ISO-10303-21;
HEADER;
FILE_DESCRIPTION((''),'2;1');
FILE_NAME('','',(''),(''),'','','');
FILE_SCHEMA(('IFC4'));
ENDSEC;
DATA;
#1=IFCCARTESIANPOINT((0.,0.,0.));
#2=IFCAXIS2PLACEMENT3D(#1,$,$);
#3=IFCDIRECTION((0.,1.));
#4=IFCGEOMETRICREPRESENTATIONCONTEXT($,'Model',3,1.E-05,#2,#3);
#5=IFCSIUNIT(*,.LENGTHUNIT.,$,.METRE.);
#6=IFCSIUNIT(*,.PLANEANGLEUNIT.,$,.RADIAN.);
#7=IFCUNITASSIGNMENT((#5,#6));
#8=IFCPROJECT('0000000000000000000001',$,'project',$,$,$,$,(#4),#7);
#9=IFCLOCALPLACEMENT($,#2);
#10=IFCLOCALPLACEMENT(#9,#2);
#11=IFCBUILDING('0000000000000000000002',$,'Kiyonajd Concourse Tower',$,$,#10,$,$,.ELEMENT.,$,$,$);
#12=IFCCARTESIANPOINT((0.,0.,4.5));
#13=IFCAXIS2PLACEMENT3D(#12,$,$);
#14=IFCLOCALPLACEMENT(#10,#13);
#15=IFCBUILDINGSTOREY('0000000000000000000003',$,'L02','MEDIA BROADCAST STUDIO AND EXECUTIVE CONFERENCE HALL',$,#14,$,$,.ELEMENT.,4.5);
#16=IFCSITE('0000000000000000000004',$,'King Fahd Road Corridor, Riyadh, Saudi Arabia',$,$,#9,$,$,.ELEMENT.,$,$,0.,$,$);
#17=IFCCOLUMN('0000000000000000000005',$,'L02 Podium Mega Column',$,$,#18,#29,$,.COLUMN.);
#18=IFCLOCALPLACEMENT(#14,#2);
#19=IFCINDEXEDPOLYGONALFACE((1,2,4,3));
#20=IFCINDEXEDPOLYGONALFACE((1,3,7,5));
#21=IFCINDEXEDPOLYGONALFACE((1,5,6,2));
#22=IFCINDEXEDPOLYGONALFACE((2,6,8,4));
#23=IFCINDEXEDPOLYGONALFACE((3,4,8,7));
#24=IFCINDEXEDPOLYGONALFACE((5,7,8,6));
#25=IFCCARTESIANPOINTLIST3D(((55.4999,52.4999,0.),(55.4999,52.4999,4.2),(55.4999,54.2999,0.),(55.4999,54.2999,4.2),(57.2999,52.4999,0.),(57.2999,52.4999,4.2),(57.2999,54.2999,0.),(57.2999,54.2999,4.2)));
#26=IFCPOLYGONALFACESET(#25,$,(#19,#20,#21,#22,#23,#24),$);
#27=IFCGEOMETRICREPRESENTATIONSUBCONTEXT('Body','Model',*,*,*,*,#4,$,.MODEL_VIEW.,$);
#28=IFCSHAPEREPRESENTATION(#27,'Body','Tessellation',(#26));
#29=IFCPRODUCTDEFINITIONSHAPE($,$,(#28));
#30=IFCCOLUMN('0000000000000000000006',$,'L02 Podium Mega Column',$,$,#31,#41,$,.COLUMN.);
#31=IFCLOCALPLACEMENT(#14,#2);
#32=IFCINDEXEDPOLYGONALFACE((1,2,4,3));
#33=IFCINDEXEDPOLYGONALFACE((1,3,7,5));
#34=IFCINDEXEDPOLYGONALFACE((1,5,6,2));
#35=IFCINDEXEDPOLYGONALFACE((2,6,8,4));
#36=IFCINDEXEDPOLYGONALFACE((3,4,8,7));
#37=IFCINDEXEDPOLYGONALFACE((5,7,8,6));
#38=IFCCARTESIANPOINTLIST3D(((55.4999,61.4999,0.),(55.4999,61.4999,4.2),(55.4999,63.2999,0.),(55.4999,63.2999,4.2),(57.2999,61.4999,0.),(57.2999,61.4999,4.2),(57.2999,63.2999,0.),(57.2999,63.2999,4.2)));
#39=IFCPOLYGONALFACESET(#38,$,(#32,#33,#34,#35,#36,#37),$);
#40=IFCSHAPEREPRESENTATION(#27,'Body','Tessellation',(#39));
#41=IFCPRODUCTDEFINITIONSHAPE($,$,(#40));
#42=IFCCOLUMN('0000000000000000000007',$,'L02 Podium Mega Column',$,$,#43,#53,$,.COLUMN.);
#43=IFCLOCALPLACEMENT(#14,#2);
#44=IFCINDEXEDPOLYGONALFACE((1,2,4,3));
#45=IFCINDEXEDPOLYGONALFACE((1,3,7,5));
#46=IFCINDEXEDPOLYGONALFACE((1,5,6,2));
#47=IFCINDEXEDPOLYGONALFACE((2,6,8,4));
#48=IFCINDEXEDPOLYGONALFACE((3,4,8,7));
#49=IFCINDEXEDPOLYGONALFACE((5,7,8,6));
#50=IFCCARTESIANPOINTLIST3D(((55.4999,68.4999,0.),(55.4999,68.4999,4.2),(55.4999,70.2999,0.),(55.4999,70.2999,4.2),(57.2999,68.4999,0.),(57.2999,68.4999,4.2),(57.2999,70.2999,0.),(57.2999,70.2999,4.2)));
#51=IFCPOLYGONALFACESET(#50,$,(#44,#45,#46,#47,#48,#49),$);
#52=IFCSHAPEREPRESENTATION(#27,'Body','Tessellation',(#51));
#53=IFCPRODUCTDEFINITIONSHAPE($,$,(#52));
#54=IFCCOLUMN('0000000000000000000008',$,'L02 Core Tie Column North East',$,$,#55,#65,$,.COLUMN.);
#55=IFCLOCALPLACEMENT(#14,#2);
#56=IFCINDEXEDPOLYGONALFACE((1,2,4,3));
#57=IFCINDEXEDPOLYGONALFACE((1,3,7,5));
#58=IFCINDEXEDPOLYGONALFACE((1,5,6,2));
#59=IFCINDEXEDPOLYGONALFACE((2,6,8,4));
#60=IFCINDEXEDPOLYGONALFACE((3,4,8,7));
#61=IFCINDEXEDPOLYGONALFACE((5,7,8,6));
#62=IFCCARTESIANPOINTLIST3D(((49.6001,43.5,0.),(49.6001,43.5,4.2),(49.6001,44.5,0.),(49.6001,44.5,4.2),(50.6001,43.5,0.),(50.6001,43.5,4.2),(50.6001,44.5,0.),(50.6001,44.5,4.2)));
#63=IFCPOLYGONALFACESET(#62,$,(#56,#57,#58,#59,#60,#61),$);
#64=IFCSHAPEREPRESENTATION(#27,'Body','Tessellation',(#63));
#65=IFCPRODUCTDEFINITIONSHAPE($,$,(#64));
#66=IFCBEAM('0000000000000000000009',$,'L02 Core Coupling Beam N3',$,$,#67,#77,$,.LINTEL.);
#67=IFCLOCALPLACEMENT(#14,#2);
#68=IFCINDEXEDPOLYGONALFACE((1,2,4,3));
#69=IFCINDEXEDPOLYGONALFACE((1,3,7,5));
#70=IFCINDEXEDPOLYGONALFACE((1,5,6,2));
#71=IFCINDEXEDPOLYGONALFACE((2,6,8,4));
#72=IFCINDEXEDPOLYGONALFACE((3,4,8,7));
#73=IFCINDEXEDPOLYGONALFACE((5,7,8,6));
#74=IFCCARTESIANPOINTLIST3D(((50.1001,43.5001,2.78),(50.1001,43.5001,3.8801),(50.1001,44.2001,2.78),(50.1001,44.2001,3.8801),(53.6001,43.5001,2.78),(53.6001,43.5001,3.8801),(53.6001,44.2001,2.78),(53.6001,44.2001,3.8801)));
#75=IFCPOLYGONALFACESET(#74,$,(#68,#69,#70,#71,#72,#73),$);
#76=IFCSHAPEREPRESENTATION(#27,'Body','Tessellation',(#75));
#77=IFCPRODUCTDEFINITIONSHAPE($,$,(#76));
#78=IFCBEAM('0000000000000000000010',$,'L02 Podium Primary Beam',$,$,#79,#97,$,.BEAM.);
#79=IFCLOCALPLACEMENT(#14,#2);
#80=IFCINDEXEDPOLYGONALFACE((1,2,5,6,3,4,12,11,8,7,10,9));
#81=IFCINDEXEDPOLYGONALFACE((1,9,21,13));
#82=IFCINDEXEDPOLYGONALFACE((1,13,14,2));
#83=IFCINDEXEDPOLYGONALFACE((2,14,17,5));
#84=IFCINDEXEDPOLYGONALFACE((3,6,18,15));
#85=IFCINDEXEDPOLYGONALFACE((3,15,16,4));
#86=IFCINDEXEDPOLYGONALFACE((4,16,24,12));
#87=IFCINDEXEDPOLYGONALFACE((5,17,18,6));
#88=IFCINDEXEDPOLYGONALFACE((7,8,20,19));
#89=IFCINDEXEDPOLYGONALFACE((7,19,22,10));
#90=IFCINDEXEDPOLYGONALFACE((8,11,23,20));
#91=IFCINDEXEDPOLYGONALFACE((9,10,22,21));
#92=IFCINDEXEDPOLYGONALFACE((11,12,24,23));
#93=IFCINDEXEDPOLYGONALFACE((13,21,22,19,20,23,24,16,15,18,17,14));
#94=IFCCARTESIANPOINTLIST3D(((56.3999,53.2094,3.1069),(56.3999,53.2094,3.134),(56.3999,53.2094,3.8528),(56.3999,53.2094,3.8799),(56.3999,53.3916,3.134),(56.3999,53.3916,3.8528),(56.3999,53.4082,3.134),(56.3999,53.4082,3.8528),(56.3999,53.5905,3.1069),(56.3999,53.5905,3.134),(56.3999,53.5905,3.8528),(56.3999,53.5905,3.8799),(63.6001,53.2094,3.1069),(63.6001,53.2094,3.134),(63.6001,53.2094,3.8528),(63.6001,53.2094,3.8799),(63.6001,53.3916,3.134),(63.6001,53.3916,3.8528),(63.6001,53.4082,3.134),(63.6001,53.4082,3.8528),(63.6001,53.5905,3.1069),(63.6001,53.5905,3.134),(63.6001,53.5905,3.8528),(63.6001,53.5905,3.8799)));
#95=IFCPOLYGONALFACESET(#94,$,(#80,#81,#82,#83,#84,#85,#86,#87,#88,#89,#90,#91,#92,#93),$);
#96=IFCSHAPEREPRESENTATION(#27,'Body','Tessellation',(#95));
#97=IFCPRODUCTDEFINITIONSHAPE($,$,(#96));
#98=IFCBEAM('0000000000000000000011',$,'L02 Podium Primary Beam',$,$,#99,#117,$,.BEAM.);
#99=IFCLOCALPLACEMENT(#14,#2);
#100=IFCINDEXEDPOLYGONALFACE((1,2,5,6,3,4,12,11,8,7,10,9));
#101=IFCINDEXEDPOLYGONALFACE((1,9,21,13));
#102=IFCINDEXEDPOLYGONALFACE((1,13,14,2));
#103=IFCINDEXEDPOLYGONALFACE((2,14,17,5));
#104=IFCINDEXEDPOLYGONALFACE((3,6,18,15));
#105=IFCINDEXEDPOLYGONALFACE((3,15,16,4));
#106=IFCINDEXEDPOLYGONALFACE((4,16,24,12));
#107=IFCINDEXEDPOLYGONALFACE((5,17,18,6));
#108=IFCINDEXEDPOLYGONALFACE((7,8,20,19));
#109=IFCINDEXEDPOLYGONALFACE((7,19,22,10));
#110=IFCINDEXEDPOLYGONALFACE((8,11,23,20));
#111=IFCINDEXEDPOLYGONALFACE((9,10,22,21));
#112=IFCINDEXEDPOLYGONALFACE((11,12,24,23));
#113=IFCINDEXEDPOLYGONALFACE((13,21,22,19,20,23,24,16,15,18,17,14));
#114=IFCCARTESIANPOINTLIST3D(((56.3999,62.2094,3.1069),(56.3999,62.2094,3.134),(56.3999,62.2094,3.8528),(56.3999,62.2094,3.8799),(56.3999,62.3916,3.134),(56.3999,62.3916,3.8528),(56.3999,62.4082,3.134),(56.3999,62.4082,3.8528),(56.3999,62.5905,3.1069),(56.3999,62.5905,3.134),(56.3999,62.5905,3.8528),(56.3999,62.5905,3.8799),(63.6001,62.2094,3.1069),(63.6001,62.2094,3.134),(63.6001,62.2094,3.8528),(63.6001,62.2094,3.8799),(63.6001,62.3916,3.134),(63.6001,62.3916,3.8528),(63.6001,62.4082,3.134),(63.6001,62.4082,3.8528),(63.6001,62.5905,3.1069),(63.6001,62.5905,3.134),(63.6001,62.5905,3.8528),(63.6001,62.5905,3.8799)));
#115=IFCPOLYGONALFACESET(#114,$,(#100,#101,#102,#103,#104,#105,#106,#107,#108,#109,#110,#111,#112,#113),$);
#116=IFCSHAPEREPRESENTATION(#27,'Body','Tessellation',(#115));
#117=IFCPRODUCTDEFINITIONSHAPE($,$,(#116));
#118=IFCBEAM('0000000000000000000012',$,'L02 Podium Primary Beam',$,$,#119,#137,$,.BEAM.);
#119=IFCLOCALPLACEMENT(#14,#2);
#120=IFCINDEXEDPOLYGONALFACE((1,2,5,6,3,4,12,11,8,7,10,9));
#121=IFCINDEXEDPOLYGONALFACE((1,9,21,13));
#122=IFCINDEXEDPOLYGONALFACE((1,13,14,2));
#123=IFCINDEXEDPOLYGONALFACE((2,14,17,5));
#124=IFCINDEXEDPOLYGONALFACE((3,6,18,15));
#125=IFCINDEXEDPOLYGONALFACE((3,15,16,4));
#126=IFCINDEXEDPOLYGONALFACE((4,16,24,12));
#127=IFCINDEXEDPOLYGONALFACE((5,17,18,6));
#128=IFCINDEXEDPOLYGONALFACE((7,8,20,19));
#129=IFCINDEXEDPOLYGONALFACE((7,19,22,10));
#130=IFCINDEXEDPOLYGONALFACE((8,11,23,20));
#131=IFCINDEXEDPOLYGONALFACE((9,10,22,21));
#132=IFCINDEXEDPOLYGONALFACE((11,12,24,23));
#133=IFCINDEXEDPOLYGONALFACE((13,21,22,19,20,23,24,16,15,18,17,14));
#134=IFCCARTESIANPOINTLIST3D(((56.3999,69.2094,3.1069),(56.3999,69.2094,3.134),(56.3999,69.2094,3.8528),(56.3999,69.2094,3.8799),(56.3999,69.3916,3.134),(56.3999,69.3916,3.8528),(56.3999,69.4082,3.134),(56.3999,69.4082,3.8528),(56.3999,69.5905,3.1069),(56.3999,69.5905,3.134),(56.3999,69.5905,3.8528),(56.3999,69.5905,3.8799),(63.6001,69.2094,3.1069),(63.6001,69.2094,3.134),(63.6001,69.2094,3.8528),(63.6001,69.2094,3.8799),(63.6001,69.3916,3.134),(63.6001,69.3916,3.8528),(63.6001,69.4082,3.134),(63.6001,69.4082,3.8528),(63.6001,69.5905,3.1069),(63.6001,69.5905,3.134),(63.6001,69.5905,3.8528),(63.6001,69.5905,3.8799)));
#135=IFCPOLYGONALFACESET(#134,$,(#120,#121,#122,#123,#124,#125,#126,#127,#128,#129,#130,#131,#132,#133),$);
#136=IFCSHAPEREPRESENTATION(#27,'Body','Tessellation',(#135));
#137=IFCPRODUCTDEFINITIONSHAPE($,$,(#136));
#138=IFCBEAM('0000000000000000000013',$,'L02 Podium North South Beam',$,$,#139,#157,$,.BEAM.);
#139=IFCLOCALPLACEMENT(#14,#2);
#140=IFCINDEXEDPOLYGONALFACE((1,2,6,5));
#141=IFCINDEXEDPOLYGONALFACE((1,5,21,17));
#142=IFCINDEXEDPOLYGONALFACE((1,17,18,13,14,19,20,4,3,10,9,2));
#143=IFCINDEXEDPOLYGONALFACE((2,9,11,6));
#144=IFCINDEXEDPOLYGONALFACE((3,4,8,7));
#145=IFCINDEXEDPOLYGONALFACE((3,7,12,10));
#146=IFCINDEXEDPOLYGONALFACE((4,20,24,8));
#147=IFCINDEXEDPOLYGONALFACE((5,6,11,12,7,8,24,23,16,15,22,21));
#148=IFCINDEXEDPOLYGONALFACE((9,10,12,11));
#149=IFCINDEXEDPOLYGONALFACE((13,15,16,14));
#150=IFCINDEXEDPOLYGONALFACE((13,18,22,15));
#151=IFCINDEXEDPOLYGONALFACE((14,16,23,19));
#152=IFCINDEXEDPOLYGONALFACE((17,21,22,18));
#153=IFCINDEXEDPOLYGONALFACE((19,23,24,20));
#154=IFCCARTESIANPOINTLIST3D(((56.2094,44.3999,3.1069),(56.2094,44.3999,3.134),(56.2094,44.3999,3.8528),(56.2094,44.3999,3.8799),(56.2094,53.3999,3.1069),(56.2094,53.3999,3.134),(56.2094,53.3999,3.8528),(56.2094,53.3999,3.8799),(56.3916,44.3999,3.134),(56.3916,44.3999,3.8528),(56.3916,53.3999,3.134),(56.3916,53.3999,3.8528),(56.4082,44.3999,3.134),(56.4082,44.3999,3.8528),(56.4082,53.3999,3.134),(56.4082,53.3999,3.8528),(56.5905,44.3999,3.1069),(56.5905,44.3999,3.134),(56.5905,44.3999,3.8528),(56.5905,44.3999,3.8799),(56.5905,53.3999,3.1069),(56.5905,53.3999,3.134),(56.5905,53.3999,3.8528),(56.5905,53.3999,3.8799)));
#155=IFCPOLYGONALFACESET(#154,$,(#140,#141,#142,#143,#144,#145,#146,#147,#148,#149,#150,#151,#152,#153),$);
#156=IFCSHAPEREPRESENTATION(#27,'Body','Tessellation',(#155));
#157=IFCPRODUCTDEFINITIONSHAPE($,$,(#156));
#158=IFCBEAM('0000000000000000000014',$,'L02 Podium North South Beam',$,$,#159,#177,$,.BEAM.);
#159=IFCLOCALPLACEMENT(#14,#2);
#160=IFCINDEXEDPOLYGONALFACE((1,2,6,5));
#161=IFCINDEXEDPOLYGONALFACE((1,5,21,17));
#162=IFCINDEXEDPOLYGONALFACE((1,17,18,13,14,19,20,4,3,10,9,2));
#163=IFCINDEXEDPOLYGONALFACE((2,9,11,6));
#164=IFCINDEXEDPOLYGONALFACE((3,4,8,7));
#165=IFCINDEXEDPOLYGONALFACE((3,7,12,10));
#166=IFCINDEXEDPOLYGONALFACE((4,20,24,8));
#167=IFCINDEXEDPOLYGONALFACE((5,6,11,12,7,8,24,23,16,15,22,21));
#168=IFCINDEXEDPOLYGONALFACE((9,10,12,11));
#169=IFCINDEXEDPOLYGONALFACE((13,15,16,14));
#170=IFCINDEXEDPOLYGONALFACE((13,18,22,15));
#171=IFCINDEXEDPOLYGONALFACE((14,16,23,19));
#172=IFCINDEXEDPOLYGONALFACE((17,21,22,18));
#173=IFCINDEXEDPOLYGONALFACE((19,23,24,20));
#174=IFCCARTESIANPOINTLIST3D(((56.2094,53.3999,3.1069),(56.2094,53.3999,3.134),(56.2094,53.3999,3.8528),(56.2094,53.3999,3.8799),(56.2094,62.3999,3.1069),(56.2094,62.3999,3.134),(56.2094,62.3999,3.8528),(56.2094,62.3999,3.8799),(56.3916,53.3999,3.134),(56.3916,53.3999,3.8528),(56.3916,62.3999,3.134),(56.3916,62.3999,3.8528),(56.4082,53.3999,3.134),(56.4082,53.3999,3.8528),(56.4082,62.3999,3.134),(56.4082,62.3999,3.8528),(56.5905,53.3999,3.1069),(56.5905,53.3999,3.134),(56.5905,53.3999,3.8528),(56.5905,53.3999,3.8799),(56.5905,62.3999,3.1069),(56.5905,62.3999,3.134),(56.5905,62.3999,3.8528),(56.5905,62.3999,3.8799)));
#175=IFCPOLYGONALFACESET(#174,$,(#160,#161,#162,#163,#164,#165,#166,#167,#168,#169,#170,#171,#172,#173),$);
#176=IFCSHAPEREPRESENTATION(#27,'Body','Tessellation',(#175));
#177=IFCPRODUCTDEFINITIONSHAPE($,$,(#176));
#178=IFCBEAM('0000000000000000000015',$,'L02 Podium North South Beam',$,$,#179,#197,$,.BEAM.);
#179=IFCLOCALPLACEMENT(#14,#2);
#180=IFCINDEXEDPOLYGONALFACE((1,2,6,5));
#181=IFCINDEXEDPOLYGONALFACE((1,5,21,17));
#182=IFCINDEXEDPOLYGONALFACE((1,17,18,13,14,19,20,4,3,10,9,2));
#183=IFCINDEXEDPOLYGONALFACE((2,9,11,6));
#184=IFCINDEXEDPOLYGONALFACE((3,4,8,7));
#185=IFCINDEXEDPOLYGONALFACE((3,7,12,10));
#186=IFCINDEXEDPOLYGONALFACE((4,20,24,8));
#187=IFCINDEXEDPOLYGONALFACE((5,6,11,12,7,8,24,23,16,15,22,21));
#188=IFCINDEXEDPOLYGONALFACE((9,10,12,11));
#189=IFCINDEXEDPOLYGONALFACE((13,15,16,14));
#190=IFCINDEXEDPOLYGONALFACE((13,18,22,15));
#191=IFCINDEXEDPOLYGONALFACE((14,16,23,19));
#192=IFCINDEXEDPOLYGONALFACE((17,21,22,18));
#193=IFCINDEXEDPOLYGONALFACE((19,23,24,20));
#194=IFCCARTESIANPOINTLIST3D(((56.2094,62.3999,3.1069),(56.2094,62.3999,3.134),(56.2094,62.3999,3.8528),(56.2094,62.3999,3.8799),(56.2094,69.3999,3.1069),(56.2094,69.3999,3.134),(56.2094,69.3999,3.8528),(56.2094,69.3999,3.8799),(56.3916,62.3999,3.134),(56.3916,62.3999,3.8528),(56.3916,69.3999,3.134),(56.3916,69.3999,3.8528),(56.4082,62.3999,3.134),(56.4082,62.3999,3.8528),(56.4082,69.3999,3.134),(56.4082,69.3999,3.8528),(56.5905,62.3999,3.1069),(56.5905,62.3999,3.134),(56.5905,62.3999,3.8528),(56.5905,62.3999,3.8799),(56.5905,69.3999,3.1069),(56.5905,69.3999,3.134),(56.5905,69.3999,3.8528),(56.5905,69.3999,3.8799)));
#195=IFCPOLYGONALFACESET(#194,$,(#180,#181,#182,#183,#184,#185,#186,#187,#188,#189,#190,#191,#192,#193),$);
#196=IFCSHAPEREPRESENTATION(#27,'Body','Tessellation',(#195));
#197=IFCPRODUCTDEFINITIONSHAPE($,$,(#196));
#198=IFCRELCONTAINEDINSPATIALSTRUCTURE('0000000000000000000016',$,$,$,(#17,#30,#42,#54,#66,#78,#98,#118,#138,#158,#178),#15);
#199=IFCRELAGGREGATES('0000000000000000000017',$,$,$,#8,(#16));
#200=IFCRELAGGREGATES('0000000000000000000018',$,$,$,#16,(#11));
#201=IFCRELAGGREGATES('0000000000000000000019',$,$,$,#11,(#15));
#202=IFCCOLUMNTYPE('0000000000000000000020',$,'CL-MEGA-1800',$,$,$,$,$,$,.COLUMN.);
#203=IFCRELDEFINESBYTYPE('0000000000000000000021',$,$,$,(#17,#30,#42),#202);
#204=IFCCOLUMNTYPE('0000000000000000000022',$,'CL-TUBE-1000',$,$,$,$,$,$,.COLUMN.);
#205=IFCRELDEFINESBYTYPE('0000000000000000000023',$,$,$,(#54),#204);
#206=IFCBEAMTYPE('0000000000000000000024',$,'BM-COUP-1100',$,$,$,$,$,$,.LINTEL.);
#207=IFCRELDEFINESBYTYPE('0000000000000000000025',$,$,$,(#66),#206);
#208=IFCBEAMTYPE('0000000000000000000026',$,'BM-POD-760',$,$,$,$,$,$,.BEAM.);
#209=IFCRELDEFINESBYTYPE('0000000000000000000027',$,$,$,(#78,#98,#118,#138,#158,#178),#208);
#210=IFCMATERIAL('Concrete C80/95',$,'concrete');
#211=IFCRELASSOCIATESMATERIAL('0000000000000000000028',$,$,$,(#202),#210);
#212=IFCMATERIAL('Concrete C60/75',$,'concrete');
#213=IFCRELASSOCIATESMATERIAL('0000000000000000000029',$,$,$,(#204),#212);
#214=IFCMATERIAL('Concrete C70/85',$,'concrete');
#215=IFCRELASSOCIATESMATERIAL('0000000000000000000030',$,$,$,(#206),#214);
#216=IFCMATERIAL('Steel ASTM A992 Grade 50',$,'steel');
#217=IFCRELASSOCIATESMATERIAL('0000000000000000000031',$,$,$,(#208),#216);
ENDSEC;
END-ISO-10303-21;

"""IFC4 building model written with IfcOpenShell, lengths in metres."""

from ifc_helpers import new_model, si_unit, direction, frame, origin, origin_2d, place, context, subcontext, project, spatial, rectangle, i_section, extrude, material, material_profile, profile_set, type_object, element, save


model = new_model("IFC4")

# Units and contexts
model_context = context("Model", 3, precision=1e-05, world=origin(), true_north=direction((0.0, 1.0)))
body_context = subcontext(model_context, "Body", "Model", "MODEL_VIEW")
ifc_project = project(units=[si_unit("LENGTHUNIT", "METRE"), si_unit("PLANEANGLEUNIT", "RADIAN")], contexts=[model_context])

# Site, building, storey
site_placement = place(None, origin())
site = spatial("IfcSite", under=ifc_project, at=site_placement, Name="King Fahd Road Corridor, Riyadh, Saudi Arabia", CompositionType="ELEMENT", RefElevation=0.0)
building_placement = place(site_placement, origin())
building = spatial("IfcBuilding", under=site, at=building_placement, Name="Kiyonajd Concourse Tower", CompositionType="ELEMENT")
storey_placement = place(building_placement, frame((0.0, 0.0, 4.5)))
storey = spatial("IfcBuildingStorey", under=building, at=storey_placement, Name="L02", Description="MEDIA BROADCAST STUDIO AND EXECUTIVE CONFERENCE HALL", CompositionType="ELEMENT", Elevation=4.5)

# Columns
ifc_material_1 = material(Name="Concrete C80/95", Category="concrete")
ifc_material_profile_1 = material_profile(ifc_material_1, rectangle(XDim=1.8, YDim=1.8, at=origin_2d()), Name="RC-1800x1800")
ifc_profile_set_1 = profile_set([ifc_material_profile_1], Name="Concrete C80/95")
column_type_1 = type_object("IfcColumnType", Name="CL-MEGA-1800", PredefinedType="COLUMN", material=ifc_profile_set_1)
for number, where, z_axis, x_axis, name in (
    (1, (56.3999, 53.3999, 0.0), (0.0, 0.0, 1.0), (1.0, 0.0, 0.0), "L02 Podium Mega Column"),
    (2, (56.3999, 62.3999, 0.0), (0.0, 0.0, 1.0), (1.0, 0.0, 0.0), "L02 Podium Mega Column"),
    (3, (56.3999, 69.3999, 0.0), (0.0, 0.0, 1.0), (1.0, 0.0, 0.0), "L02 Podium Mega Column"),
):
    element("IfcColumn", number, at=place(storey_placement, frame(where, z_axis=z_axis, x_axis=x_axis)), inside=storey, type_object=column_type_1, Name=name, PredefinedType="COLUMN", context=body_context, shape_type="SweptSolid", body=[
        extrude(rectangle(XDim=1.8, YDim=1.8, at=origin_2d()), origin(), (0.0, 0.0, 1.0), 4.2),
    ])
ifc_material_2 = material(Name="Concrete C60/75", Category="concrete")
ifc_material_profile_2 = material_profile(ifc_material_2, rectangle(XDim=1.0, YDim=1.0, at=origin_2d()), Name="RC-1000x1000")
ifc_profile_set_2 = profile_set([ifc_material_profile_2], Name="Concrete C60/75")
column_type_2 = type_object("IfcColumnType", Name="CL-TUBE-1000", PredefinedType="COLUMN", material=ifc_profile_set_2)
column_placement = place(storey_placement, frame((50.1001, 44.0, 0.0), z_axis=(0.0, 0.0, 1.0), x_axis=(1.0, 0.0, 0.0)))
element("IfcColumn", 4, at=column_placement, inside=storey, type_object=column_type_2, Name="L02 Core Tie Column North East", PredefinedType="COLUMN", context=body_context, shape_type="SweptSolid", body=[
    extrude(rectangle(XDim=1.0, YDim=1.0, at=origin_2d()), origin(), (0.0, 0.0, 1.0), 4.2),
])

# Beams
ifc_material_3 = material(Name="Concrete C70/85", Category="concrete")
ifc_material_profile_3 = material_profile(ifc_material_3, rectangle(XDim=0.7, YDim=1.1001, at=origin_2d()), Name="RCBM-700x1100")
ifc_profile_set_3 = profile_set([ifc_material_profile_3], Name="Concrete C70/85")
beam_type_1 = type_object("IfcBeamType", Name="BM-COUP-1100", PredefinedType="LINTEL", material=ifc_profile_set_3)
beam_1_placement = place(storey_placement, frame((50.1001, 43.8501, 3.3301), z_axis=(1.0, 0.0, 0.0), x_axis=(0.0, 1.0, 0.0)))
element("IfcBeam", 5, at=beam_1_placement, inside=storey, type_object=beam_type_1, Name="L02 Core Coupling Beam N3", PredefinedType="LINTEL", context=body_context, shape_type="SweptSolid", body=[
    extrude(rectangle(XDim=0.7, YDim=1.1001, at=origin_2d()), origin(), (0.0, 0.0, 1.0), 3.5),
])
ifc_material_4 = material(Name="Steel ASTM A992 Grade 50", Category="steel")
ifc_material_profile_4 = material_profile(ifc_material_4, i_section(OverallWidth=0.3811, OverallDepth=0.7729, WebThickness=0.0166, FlangeThickness=0.0271, at=origin_2d()), Name="W760X257")
ifc_profile_set_4 = profile_set([ifc_material_profile_4], Name="Steel ASTM A992 Grade 50")
beam_type_2 = type_object("IfcBeamType", Name="BM-POD-760", PredefinedType="BEAM", material=ifc_profile_set_4)
for number, where, z_axis, x_axis, name in (
    (6, (56.3999, 53.3999, 3.4934), (1.0, 0.0, 0.0), (0.0, 1.0, 0.0), "L02 Podium Primary Beam"),
    (7, (56.3999, 62.3999, 3.4934), (1.0, 0.0, 0.0), (0.0, 1.0, 0.0), "L02 Podium Primary Beam"),
    (8, (56.3999, 69.3999, 3.4934), (1.0, 0.0, 0.0), (0.0, 1.0, 0.0), "L02 Podium Primary Beam"),
):
    element("IfcBeam", number, at=place(storey_placement, frame(where, z_axis=z_axis, x_axis=x_axis)), inside=storey, type_object=beam_type_2, Name=name, PredefinedType="BEAM", context=body_context, shape_type="SweptSolid", body=[
        extrude(i_section(OverallWidth=0.3811, OverallDepth=0.7729, WebThickness=0.0166, FlangeThickness=0.0271, at=origin_2d()), origin(), (0.0, 0.0, 1.0), 7.2002),
    ])
for number, where, z_axis, x_axis, name in (
    (9, (56.3999, 44.3999, 3.4934), (0.0, 1.0, 0.0), (-1.0, 0.0, 0.0), "L02 Podium North South Beam"),
    (10, (56.3999, 53.3999, 3.4934), (0.0, 1.0, 0.0), (-1.0, 0.0, 0.0), "L02 Podium North South Beam"),
):
    element("IfcBeam", number, at=place(storey_placement, frame(where, z_axis=z_axis, x_axis=x_axis)), inside=storey, type_object=beam_type_2, Name=name, PredefinedType="BEAM", context=body_context, shape_type="SweptSolid", body=[
        extrude(i_section(OverallWidth=0.3811, OverallDepth=0.7729, WebThickness=0.0166, FlangeThickness=0.0271, at=origin_2d()), origin(), (0.0, 0.0, 1.0), 9.0),
    ])
beam_2_placement = place(storey_placement, frame((56.3999, 62.3999, 3.4934), z_axis=(0.0, 1.0, 0.0), x_axis=(-1.0, 0.0, 0.0)))
element("IfcBeam", 11, at=beam_2_placement, inside=storey, type_object=beam_type_2, Name="L02 Podium North South Beam", PredefinedType="BEAM", context=body_context, shape_type="SweptSolid", body=[
    extrude(i_section(OverallWidth=0.3811, OverallDepth=0.7729, WebThickness=0.0166, FlangeThickness=0.0271, at=origin_2d()), origin(), (0.0, 0.0, 1.0), 7.0),
])

save(model, "model.ifc")
